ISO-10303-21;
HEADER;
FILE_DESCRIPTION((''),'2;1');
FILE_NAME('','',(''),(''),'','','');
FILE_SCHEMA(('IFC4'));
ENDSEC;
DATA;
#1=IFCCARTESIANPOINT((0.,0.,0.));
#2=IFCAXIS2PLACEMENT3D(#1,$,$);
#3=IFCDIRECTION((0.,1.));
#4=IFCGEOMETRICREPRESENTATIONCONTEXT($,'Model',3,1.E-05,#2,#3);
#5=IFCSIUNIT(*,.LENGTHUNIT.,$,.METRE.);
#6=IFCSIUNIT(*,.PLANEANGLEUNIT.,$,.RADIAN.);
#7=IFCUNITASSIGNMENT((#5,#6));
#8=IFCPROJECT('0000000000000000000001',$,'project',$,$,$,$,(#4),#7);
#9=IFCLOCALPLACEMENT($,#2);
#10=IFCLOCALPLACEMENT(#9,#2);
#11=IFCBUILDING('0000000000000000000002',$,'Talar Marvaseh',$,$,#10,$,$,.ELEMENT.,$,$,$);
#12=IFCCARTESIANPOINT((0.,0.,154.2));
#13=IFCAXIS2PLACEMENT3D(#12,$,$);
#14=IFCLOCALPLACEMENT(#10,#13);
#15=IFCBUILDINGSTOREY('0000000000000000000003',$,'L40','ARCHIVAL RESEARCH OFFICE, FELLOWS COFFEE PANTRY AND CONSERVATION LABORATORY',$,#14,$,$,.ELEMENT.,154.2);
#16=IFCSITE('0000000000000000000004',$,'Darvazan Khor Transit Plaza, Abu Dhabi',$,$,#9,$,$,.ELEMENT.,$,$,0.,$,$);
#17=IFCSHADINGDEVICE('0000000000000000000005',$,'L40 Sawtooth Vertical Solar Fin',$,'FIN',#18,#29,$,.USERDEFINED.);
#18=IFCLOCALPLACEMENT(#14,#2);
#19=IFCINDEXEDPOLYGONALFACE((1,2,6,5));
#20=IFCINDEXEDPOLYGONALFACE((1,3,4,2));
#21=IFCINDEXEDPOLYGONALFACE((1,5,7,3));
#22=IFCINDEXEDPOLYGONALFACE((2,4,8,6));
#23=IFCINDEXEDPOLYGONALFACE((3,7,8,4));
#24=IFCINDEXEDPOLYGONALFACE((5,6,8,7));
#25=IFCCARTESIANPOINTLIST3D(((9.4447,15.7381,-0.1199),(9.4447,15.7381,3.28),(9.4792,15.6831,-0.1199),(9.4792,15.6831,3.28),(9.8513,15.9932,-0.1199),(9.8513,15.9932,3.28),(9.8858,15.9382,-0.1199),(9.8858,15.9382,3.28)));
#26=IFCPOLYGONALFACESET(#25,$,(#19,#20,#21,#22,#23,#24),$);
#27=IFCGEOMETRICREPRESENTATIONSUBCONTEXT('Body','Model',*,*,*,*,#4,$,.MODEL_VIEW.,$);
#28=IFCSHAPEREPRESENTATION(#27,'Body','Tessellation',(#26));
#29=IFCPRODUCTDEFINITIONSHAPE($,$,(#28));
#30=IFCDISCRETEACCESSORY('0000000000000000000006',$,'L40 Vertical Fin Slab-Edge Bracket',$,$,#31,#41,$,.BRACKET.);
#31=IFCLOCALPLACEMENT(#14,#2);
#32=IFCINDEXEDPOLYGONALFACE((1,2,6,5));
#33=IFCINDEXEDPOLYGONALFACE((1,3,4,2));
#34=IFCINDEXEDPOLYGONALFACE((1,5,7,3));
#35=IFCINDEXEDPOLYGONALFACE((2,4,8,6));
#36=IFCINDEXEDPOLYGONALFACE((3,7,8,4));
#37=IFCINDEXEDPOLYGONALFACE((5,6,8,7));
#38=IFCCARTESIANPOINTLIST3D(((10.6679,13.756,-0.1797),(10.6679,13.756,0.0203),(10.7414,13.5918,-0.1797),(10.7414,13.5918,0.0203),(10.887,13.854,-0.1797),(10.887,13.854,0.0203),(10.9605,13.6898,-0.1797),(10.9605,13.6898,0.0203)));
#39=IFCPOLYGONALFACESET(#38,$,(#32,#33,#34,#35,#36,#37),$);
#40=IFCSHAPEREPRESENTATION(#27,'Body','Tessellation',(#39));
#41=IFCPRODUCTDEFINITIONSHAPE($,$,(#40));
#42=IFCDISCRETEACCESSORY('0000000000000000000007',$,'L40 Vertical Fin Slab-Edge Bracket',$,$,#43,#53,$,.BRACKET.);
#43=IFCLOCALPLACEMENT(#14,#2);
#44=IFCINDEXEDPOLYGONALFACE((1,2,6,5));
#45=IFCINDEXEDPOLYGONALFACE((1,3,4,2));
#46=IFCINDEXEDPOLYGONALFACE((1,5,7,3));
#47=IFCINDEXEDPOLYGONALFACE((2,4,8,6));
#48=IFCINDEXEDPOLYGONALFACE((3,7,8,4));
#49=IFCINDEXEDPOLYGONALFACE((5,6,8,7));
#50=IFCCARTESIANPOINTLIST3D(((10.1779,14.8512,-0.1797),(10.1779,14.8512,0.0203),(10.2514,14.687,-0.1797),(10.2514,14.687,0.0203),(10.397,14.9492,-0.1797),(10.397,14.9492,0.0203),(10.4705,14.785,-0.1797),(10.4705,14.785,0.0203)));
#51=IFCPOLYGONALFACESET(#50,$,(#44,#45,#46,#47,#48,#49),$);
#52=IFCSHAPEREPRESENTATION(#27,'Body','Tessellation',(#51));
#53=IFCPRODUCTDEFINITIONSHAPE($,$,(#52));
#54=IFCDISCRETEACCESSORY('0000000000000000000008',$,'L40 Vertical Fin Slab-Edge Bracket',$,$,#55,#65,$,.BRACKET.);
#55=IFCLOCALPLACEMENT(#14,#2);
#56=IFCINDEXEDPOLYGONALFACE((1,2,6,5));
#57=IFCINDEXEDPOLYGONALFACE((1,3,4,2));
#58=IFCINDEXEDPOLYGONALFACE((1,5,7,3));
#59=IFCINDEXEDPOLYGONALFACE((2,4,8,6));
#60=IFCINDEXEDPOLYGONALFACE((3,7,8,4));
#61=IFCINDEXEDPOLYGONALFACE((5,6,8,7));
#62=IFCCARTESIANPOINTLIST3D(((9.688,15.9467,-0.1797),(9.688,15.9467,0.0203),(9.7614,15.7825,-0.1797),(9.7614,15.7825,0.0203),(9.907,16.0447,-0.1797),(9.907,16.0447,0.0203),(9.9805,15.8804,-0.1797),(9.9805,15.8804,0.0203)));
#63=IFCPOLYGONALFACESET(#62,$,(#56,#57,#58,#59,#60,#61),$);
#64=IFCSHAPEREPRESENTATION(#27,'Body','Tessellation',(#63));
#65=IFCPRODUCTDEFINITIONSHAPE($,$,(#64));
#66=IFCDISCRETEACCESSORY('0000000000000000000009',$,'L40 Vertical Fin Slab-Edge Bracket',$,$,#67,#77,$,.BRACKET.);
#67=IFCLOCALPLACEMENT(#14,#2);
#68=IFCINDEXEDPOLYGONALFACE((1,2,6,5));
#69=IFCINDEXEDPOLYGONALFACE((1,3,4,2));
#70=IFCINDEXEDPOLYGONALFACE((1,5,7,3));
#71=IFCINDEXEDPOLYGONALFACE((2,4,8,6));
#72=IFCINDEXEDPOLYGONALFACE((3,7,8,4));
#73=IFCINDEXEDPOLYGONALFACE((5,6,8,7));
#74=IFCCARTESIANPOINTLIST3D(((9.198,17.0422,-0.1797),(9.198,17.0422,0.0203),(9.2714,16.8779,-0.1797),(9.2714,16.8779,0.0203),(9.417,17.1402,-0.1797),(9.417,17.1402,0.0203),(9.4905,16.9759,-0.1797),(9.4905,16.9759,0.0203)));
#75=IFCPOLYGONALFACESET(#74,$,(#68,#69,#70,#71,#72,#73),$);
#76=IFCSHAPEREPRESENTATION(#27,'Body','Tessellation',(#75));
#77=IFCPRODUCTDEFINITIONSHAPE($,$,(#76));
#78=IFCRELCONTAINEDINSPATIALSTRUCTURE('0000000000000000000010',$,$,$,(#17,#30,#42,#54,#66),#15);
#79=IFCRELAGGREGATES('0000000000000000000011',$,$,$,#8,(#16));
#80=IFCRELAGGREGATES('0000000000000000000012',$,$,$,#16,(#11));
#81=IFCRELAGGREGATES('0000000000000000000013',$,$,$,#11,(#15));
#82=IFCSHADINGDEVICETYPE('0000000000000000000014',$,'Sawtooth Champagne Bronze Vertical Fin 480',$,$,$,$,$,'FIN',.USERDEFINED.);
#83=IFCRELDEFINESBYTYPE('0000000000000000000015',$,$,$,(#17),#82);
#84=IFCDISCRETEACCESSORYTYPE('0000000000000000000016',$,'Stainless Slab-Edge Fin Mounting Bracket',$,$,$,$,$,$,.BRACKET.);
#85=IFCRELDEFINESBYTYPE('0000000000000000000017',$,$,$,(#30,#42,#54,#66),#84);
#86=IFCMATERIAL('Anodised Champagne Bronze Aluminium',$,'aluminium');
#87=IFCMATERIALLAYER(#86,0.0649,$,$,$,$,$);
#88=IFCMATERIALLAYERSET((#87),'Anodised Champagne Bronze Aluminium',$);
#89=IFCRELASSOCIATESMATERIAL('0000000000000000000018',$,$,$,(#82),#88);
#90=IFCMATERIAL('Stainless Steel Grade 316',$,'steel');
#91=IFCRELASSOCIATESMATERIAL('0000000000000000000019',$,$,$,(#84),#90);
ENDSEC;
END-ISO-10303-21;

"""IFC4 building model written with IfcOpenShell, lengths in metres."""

from ifc_helpers import new_model, si_unit, direction, frame, origin, origin_2d, place, context, subcontext, project, spatial, rectangle, extrude, source, transform, mapped, material, layer, layer_set, type_object, type_shapes, element, save


model = new_model("IFC4")

# Units and contexts
model_context = context("Model", 3, precision=1e-05, world=origin(), true_north=direction((0.0, 1.0)))
body_context = subcontext(model_context, "Body", "Model", "MODEL_VIEW")
ifc_project = project(units=[si_unit("LENGTHUNIT", "METRE"), si_unit("PLANEANGLEUNIT", "RADIAN")], contexts=[model_context])

# Site, building, storey
site_placement = place(None, origin())
site = spatial("IfcSite", under=ifc_project, at=site_placement, Name="Darvazan Khor Transit Plaza, Abu Dhabi", CompositionType="ELEMENT", RefElevation=0.0)
building_placement = place(site_placement, origin())
building = spatial("IfcBuilding", under=site, at=building_placement, Name="Talar Marvaseh", CompositionType="ELEMENT")
storey_placement = place(building_placement, frame((0.0, 0.0, 154.2)))
storey = spatial("IfcBuildingStorey", under=building, at=storey_placement, Name="L40", Description="ARCHIVAL RESEARCH OFFICE, FELLOWS COFFEE PANTRY AND CONSERVATION LABORATORY", CompositionType="ELEMENT", Elevation=154.2)

# Shading device
ifc_material_1 = material(Name="Anodised Champagne Bronze Aluminium", Category="aluminium")
ifc_layer_1 = layer(ifc_material_1, 0.0649)
ifc_layer_set_1 = layer_set([ifc_layer_1], Name="Anodised Champagne Bronze Aluminium")
shading_device_type_1 = type_object("IfcShadingDeviceType", Name="Sawtooth Champagne Bronze Vertical Fin 480", ElementType="FIN", PredefinedType="USERDEFINED", material=ifc_layer_set_1)
shared_shape_1 = source(origin(), body_context, "Body", "SweptSolid", [
    extrude(rectangle(XDim=0.48, YDim=0.0649, at=origin_2d()), origin(), (0.0, 0.0, 1.0), 3.3999),
])
type_shapes(shading_device_type_1, [shared_shape_1])
for number, where, z_axis, x_axis, name in (
    (1, (9.6653, 15.8381, -0.1199), (0.0, 0.0, 1.0), (-0.847122, -0.531399, 0.0), "L40 Sawtooth Vertical Solar Fin"),
):
    element("IfcShadingDevice", number, at=place(storey_placement, frame(where, z_axis=z_axis, x_axis=x_axis)), inside=storey, type_object=shading_device_type_1, Name=name, ObjectType="FIN", PredefinedType="USERDEFINED", context=body_context, shape_type="MappedRepresentation", body=[
        mapped(shared_shape_1, transform((0.0, 0.0, 0.0), x_axis=(1.0, 0.0, 0.0), y_axis=(0.0, 1.0, 0.0), z_axis=(0.0, 0.0, 1.0), scale=1.0)),
    ])

# Discrete accessories
ifc_material_2 = material(Name="Stainless Steel Grade 316", Category="steel")
discrete_accessory_type = type_object("IfcDiscreteAccessoryType", Name="Stainless Slab-Edge Fin Mounting Bracket", PredefinedType="BRACKET", material=ifc_material_2)
shared_shape_2 = source(origin(), body_context, "Body", "SweptSolid", [
    extrude(rectangle(XDim=0.24, YDim=0.1799, at=origin_2d()), origin(), (0.0, 0.0, 1.0), 0.2),
])
type_shapes(discrete_accessory_type, [shared_shape_2])
for number, where, z_axis, x_axis, name in (
    (2, (10.8142, 13.7229, -0.1797), (0.0, 0.0, 1.0), (-0.912834, -0.40833, 0.0), "L40 Vertical Fin Slab-Edge Bracket"),
    (3, (10.3242, 14.8181, -0.1797), (0.0, 0.0, 1.0), (-0.912834, -0.40833, 0.0), "L40 Vertical Fin Slab-Edge Bracket"),
    (4, (9.8342, 15.9136, -0.1797), (0.0, 0.0, 1.0), (-0.912834, -0.40833, 0.0), "L40 Vertical Fin Slab-Edge Bracket"),
    (5, (9.3442, 17.009, -0.1797), (0.0, 0.0, 1.0), (-0.912834, -0.40833, 0.0), "L40 Vertical Fin Slab-Edge Bracket"),
):
    element("IfcDiscreteAccessory", number, at=place(storey_placement, frame(where, z_axis=z_axis, x_axis=x_axis)), inside=storey, type_object=discrete_accessory_type, Name=name, PredefinedType="BRACKET", context=body_context, shape_type="MappedRepresentation", body=[
        mapped(shared_shape_2, transform((0.0, 0.0, 0.0), x_axis=(1.0, 0.0, 0.0), y_axis=(0.0, 1.0, 0.0), z_axis=(0.0, 0.0, 1.0), scale=1.0)),
    ])

save(model, "model.ifc")
